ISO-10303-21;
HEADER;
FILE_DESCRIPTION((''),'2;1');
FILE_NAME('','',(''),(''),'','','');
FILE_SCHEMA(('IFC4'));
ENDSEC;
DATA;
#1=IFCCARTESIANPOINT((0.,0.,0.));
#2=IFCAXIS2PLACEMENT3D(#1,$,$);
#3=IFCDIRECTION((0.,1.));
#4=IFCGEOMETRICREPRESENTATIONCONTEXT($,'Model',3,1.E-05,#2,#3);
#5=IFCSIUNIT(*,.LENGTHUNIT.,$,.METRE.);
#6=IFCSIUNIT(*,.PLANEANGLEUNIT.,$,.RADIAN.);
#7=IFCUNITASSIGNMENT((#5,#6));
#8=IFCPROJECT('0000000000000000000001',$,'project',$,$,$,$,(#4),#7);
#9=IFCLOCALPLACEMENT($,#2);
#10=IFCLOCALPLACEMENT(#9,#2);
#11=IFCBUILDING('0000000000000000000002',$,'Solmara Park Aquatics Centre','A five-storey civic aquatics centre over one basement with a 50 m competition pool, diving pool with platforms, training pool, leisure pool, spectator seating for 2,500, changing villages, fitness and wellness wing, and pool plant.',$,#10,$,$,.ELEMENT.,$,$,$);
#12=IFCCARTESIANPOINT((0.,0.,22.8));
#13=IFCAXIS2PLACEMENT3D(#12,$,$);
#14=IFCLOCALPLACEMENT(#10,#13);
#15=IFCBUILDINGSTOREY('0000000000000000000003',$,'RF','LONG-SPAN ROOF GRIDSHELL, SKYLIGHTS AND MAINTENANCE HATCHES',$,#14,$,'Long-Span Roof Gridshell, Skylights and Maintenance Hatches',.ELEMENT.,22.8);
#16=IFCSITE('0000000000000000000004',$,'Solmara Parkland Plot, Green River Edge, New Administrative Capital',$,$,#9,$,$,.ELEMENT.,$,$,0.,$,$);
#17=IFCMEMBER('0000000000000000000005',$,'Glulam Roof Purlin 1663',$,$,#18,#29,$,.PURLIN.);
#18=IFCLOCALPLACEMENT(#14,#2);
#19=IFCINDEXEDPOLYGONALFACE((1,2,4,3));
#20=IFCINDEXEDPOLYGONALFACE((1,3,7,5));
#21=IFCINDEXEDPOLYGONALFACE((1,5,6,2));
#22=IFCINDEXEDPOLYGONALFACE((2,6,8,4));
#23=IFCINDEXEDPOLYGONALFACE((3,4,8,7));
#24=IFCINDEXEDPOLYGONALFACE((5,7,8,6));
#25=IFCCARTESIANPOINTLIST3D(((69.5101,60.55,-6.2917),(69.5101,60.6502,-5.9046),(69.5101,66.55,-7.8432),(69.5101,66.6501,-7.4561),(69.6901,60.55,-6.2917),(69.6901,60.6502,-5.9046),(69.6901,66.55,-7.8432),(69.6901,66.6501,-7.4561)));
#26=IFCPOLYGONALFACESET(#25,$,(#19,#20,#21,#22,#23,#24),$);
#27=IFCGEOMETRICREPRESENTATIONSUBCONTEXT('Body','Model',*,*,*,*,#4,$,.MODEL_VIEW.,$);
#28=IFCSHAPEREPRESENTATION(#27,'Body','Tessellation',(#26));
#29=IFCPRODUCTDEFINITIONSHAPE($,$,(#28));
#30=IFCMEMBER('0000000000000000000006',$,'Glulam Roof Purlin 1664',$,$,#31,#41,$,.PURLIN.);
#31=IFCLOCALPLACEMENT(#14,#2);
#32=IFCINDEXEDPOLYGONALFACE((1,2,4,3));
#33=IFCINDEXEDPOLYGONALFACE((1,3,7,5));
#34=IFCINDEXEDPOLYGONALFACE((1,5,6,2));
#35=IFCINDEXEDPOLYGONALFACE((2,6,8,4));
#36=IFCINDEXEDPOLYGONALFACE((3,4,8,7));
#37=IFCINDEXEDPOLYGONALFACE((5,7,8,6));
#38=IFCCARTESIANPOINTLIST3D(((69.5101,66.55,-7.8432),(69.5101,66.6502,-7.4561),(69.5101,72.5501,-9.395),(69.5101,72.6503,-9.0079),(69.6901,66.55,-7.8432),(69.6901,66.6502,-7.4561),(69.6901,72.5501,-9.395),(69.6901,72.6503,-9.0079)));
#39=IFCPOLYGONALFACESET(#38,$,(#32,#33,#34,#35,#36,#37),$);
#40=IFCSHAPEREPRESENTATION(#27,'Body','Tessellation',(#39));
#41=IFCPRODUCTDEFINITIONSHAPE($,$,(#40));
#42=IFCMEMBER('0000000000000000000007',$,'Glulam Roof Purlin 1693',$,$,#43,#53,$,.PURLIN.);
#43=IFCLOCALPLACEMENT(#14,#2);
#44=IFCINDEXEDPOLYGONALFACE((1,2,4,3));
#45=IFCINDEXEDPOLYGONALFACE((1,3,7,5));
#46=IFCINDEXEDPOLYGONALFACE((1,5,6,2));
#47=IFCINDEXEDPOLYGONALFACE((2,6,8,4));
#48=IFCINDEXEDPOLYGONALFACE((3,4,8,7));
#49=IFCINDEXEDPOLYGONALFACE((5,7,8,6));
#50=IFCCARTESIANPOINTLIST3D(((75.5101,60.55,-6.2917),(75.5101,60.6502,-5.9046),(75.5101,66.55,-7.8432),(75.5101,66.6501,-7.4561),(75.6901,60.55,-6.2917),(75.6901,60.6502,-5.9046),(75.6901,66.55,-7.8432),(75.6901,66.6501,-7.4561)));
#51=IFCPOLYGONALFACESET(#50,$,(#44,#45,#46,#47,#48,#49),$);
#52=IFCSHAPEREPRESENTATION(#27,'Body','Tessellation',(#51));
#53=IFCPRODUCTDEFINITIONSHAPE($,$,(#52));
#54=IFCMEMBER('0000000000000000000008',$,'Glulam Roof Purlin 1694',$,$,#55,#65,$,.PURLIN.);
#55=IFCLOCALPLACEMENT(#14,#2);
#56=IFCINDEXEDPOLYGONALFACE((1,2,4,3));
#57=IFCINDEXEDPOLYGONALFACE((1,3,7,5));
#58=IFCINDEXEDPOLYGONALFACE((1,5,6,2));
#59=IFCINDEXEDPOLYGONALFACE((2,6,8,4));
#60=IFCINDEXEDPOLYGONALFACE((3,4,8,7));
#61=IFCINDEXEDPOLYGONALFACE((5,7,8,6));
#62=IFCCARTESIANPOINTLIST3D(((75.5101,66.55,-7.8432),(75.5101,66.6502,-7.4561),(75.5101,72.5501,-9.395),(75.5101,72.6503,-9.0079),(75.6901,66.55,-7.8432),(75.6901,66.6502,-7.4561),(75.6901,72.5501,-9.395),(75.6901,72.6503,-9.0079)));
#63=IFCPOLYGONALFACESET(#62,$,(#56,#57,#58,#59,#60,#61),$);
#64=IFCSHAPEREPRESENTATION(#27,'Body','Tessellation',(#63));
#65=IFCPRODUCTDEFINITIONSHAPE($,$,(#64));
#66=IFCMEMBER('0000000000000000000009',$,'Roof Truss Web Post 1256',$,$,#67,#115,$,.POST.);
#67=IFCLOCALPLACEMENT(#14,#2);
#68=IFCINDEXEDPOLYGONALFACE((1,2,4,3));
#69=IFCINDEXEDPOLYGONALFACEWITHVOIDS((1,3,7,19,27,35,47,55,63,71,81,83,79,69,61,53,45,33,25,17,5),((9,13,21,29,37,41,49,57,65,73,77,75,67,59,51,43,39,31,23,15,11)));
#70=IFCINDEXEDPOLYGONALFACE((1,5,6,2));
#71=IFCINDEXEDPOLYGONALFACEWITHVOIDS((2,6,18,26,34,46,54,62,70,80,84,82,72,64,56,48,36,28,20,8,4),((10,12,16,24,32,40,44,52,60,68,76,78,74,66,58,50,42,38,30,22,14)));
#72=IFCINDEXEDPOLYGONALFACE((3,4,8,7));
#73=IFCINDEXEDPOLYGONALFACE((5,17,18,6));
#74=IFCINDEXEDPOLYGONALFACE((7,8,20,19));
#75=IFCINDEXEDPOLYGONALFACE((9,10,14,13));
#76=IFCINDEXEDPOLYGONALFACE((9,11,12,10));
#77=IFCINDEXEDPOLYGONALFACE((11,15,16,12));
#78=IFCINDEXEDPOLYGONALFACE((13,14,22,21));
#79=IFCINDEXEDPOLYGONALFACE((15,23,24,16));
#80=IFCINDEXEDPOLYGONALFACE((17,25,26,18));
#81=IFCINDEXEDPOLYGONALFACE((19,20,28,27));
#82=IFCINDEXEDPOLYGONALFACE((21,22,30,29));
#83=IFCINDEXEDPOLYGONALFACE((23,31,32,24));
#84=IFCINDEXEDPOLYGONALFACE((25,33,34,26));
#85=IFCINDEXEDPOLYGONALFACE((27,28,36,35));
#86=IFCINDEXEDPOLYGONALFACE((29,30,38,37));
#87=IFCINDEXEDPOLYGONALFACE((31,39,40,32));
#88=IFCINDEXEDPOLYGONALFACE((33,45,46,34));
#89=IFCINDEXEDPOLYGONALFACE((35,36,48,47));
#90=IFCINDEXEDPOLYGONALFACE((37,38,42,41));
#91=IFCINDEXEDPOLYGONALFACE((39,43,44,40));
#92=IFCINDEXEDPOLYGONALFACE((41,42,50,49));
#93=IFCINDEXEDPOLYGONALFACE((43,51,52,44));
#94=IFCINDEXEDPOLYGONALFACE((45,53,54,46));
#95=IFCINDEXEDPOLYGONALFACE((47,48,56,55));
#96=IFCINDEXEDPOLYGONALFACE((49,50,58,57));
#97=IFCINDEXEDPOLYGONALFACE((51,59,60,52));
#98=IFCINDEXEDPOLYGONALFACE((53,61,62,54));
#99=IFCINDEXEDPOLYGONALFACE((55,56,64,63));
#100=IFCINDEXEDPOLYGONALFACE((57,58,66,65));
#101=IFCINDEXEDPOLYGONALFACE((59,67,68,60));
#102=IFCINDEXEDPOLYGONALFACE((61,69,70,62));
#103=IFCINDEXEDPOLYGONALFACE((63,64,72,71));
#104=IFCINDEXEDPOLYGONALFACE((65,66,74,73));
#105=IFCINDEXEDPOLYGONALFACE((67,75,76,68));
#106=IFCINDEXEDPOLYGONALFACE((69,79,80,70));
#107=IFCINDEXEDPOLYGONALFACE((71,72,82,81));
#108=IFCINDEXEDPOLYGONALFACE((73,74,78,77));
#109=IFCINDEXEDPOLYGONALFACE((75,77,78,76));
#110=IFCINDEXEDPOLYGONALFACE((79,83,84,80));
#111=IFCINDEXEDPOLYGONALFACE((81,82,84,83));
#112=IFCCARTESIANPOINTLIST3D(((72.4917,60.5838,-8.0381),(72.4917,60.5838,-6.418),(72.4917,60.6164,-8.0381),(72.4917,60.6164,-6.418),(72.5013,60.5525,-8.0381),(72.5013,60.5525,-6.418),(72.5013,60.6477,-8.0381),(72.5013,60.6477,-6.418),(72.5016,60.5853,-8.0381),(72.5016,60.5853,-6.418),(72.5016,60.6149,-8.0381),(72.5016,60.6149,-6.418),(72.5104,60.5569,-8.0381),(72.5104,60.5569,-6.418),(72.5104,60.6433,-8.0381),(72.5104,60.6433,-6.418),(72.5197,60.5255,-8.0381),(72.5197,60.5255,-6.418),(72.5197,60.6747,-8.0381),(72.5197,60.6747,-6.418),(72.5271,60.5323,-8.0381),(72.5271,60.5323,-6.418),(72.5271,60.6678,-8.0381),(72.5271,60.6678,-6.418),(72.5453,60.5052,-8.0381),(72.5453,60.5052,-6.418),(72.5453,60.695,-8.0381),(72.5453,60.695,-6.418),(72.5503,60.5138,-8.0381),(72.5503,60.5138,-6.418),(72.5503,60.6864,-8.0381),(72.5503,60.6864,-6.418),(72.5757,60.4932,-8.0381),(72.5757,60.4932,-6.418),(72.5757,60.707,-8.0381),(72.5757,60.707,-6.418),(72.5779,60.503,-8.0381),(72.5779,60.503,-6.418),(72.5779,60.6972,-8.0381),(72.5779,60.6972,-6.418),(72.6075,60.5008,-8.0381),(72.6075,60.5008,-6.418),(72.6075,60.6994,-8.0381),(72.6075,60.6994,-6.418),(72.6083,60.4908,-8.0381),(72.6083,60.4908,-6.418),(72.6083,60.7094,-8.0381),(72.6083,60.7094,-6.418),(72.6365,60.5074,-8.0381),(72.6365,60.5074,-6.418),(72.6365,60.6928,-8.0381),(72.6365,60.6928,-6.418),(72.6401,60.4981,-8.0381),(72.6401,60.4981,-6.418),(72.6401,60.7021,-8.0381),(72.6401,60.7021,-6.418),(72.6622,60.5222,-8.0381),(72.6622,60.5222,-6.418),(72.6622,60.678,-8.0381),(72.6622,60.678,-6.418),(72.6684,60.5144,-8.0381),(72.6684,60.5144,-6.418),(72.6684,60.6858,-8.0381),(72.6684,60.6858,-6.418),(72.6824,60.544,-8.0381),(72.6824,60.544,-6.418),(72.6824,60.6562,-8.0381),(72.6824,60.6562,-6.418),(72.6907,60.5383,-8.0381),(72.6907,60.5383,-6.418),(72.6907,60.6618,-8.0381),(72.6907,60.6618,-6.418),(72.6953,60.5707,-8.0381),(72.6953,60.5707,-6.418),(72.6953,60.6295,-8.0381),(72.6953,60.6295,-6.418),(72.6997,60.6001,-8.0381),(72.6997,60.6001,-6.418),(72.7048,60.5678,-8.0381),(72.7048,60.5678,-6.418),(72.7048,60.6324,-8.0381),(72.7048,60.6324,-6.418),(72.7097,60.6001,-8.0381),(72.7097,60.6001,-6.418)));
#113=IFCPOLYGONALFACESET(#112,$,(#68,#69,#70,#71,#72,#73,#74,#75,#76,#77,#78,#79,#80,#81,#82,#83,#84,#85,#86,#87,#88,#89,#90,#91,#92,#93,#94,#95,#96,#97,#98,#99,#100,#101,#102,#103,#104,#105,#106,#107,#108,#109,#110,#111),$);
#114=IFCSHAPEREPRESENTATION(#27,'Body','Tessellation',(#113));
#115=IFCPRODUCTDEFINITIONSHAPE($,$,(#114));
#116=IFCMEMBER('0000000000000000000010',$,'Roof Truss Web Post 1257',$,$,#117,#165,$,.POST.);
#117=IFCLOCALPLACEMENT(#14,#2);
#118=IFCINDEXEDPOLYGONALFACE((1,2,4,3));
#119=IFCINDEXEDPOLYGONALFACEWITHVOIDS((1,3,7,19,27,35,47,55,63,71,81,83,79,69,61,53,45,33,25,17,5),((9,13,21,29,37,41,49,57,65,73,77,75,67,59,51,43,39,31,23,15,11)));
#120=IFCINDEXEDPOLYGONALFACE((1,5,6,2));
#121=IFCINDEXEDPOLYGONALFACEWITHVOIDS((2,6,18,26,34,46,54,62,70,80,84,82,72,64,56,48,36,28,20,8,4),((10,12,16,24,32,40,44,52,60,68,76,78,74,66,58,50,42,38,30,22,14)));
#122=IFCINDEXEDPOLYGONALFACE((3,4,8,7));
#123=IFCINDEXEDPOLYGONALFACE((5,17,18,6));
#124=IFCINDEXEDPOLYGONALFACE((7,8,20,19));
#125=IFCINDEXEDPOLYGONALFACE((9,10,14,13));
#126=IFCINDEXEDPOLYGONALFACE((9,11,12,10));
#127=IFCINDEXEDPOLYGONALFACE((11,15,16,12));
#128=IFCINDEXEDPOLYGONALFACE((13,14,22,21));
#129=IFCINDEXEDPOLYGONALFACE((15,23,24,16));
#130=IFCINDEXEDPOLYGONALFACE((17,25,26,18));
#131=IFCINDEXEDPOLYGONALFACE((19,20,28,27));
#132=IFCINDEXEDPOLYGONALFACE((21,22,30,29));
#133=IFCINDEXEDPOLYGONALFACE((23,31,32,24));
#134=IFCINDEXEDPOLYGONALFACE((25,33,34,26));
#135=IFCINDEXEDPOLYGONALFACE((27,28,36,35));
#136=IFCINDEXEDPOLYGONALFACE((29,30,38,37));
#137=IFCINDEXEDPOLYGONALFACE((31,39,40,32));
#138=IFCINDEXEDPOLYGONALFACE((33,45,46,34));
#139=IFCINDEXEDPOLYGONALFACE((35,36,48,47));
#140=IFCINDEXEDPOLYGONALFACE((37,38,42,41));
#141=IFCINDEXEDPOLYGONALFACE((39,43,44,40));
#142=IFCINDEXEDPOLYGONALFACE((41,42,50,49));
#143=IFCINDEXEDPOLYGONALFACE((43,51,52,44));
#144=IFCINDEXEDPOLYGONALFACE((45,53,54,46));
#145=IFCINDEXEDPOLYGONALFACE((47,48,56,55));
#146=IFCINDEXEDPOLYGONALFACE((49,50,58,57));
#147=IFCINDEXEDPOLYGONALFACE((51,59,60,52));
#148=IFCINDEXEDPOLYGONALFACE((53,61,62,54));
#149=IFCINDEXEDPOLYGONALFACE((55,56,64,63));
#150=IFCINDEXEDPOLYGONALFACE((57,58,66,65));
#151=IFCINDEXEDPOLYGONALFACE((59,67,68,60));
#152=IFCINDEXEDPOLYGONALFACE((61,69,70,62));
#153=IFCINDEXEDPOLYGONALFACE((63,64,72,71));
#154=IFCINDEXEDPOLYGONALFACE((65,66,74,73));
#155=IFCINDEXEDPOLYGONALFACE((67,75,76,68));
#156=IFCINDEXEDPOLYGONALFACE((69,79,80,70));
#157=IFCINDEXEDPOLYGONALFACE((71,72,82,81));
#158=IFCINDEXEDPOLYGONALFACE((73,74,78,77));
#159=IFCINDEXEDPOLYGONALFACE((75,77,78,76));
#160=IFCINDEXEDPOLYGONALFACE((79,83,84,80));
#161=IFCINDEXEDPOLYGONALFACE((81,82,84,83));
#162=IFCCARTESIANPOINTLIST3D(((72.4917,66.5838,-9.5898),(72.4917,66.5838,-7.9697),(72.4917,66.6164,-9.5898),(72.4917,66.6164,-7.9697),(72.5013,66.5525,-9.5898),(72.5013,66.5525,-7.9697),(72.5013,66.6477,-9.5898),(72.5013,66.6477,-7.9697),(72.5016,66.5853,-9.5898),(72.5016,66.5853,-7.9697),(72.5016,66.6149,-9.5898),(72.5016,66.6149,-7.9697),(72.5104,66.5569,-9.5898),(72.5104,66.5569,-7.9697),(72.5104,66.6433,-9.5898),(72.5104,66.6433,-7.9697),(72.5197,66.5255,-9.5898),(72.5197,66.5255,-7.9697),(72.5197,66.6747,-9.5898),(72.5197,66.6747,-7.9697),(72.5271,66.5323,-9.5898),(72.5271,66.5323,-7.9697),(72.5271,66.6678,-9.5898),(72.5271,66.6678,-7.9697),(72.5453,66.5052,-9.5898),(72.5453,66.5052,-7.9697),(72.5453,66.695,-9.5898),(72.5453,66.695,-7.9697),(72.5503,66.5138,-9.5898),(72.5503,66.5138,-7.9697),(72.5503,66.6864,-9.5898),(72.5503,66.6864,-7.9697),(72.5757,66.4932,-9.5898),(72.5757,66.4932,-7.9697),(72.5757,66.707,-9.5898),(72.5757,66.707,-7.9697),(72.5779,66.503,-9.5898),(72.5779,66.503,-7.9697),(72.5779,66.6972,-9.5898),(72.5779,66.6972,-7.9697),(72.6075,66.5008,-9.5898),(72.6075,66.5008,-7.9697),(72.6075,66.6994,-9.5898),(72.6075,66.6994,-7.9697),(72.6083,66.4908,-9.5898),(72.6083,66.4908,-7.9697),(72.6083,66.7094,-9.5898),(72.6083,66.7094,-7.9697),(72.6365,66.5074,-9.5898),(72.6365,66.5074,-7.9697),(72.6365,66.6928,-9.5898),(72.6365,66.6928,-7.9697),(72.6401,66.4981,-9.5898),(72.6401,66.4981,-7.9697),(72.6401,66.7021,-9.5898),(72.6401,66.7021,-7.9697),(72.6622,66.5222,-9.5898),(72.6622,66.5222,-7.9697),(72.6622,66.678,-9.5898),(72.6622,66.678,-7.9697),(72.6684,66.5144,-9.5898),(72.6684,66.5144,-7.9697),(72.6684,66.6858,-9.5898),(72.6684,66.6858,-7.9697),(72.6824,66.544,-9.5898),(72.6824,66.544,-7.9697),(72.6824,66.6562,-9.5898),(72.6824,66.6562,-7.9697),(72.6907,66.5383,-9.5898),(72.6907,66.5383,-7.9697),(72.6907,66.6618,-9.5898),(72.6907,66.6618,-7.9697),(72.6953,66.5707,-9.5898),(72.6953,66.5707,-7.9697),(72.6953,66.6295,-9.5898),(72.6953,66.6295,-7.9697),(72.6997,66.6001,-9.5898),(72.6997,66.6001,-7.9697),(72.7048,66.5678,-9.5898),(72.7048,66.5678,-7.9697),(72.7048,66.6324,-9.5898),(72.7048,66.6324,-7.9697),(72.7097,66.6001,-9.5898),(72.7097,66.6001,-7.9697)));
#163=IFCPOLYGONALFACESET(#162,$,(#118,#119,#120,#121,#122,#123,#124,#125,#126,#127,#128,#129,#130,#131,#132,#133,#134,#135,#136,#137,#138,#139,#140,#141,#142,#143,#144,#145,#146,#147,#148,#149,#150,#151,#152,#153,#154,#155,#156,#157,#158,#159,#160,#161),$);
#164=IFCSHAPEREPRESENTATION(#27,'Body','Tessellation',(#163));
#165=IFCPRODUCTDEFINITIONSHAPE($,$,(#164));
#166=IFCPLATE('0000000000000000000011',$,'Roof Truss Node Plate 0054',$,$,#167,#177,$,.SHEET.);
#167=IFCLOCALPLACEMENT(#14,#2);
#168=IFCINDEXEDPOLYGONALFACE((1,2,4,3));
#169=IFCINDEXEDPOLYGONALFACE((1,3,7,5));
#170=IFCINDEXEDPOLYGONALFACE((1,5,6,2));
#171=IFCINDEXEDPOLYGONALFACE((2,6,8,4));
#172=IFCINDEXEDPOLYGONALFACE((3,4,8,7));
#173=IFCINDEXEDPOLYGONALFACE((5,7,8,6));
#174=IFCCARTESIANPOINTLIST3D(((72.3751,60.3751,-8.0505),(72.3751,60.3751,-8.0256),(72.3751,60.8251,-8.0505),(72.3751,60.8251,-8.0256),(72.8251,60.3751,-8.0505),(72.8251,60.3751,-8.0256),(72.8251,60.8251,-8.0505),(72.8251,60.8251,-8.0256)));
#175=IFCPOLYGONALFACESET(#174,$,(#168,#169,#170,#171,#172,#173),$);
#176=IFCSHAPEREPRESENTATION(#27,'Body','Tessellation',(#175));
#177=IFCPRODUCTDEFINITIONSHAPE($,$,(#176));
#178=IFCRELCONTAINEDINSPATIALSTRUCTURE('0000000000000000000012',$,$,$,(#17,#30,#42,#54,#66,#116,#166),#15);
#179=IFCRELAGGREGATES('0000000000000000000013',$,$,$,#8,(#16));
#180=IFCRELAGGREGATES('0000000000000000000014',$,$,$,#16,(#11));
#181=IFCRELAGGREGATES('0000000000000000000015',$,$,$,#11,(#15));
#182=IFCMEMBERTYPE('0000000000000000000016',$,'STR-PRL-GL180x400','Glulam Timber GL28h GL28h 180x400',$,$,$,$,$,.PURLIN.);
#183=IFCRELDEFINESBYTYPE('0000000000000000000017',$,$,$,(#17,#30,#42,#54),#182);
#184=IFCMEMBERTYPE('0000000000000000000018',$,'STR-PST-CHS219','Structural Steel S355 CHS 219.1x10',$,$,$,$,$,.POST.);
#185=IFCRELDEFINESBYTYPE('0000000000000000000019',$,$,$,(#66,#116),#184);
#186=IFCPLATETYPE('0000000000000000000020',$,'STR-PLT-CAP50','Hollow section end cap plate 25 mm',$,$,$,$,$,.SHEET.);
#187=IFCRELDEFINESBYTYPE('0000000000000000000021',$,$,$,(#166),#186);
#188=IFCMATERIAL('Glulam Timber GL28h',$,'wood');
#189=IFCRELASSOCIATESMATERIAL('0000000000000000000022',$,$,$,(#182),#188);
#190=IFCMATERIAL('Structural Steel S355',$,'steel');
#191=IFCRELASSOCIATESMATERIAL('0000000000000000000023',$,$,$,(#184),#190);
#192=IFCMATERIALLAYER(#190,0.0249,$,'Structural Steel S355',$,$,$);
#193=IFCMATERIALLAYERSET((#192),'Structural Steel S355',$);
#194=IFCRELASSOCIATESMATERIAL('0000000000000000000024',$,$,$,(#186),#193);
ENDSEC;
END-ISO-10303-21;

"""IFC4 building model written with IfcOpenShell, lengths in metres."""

from ifc_helpers import new_model, si_unit, direction, frame, origin, origin_2d, place, context, subcontext, project, spatial, rectangle, hollow_circle, extrude, material, layer, layer_set, material_profile, profile_set, type_object, element, save


model = new_model("IFC4")

# Units and contexts
model_context = context("Model", 3, precision=1e-05, world=origin(), true_north=direction((0.0, 1.0)))
body_context = subcontext(model_context, "Body", "Model", "MODEL_VIEW")
ifc_project = project(units=[si_unit("LENGTHUNIT", "METRE"), si_unit("PLANEANGLEUNIT", "RADIAN")], contexts=[model_context])

# Site, building, storey
site_placement = place(None, origin())
site = spatial("IfcSite", under=ifc_project, at=site_placement, Name="Solmara Parkland Plot, Green River Edge, New Administrative Capital", CompositionType="ELEMENT", RefElevation=0.0)
building_placement = place(site_placement, origin())
building = spatial("IfcBuilding", under=site, at=building_placement, Name="Solmara Park Aquatics Centre", Description="A five-storey civic aquatics centre over one basement with a 50 m competition pool, diving pool with platforms, training pool, leisure pool, spectator seating for 2,500, changing villages, fitness and wellness wing, and pool plant.", CompositionType="ELEMENT")
storey_placement = place(building_placement, frame((0.0, 0.0, 22.8)))
storey = spatial("IfcBuildingStorey", under=building, at=storey_placement, Name="RF", Description="LONG-SPAN ROOF GRIDSHELL, SKYLIGHTS AND MAINTENANCE HATCHES", LongName="Long-Span Roof Gridshell, Skylights and Maintenance Hatches", CompositionType="ELEMENT", Elevation=22.8)

# Members
ifc_material_1 = material(Name="Structural Steel S355", Category="steel")
ifc_material_2 = material(Name="Glulam Timber GL28h", Category="wood")
ifc_material_profile_1 = material_profile(ifc_material_2, rectangle(XDim=0.1799, YDim=0.3999, at=origin_2d()), Name="GL28h 180x400")
ifc_profile_set_1 = profile_set([ifc_material_profile_1], Name="Glulam Timber GL28h")
member_type_1 = type_object("IfcMemberType", Name="STR-PRL-GL180x400", Description="Glulam Timber GL28h GL28h 180x400", PredefinedType="PURLIN", material=ifc_profile_set_1)
member_1_placement = place(storey_placement, frame((69.6001, 60.6001, -6.0981), z_axis=(0.0, 0.968155, -0.250351), x_axis=(-1.0, 0.0, 0.0)))
element("IfcMember", 1, at=member_1_placement, inside=storey, type_object=member_type_1, Name="Glulam Roof Purlin 1663", PredefinedType="PURLIN", context=body_context, shape_type="SweptSolid", body=[
    extrude(rectangle(XDim=0.1799, YDim=0.3999, at=origin_2d()), origin(), (0.0, 0.0, 1.0), 6.1973),
])
member_2_placement = place(storey_placement, frame((69.6001, 66.6001, -7.6497), z_axis=(0.0, 0.968146, -0.250388), x_axis=(-1.0, 0.0, 0.0)))
element("IfcMember", 2, at=member_2_placement, inside=storey, type_object=member_type_1, Name="Glulam Roof Purlin 1664", PredefinedType="PURLIN", context=body_context, shape_type="SweptSolid", body=[
    extrude(rectangle(XDim=0.1799, YDim=0.3999, at=origin_2d()), origin(), (0.0, 0.0, 1.0), 6.1975),
])
member_3_placement = place(storey_placement, frame((75.6001, 60.6001, -6.0981), z_axis=(0.0, 0.968155, -0.250351), x_axis=(-1.0, 0.0, 0.0)))
element("IfcMember", 3, at=member_3_placement, inside=storey, type_object=member_type_1, Name="Glulam Roof Purlin 1693", PredefinedType="PURLIN", context=body_context, shape_type="SweptSolid", body=[
    extrude(rectangle(XDim=0.1799, YDim=0.3999, at=origin_2d()), origin(), (0.0, 0.0, 1.0), 6.1973),
])
member_4_placement = place(storey_placement, frame((75.6001, 66.6001, -7.6497), z_axis=(0.0, 0.968146, -0.250388), x_axis=(-1.0, 0.0, 0.0)))
element("IfcMember", 4, at=member_4_placement, inside=storey, type_object=member_type_1, Name="Glulam Roof Purlin 1694", PredefinedType="PURLIN", context=body_context, shape_type="SweptSolid", body=[
    extrude(rectangle(XDim=0.1799, YDim=0.3999, at=origin_2d()), origin(), (0.0, 0.0, 1.0), 6.1975),
])
ifc_material_profile_2 = material_profile(ifc_material_1, hollow_circle(Radius=0.1096, WallThickness=0.01, at=origin_2d()), Name="CHS 219.1x10")
ifc_profile_set_2 = profile_set([ifc_material_profile_2], Name="Structural Steel S355")
member_type_2 = type_object("IfcMemberType", Name="STR-PST-CHS219", Description="Structural Steel S355 CHS 219.1x10", PredefinedType="POST", material=ifc_profile_set_2)
for number, where, z_axis, x_axis, name in (
    (5, (72.6001, 60.6001, -8.0381), (0.0, 0.0, 1.0), (1.0, 0.0, 0.0), "Roof Truss Web Post 1256"),
    (6, (72.6001, 66.6001, -9.5898), (0.0, 0.0, 1.0), (1.0, 0.0, 0.0), "Roof Truss Web Post 1257"),
):
    element("IfcMember", number, at=place(storey_placement, frame(where, z_axis=z_axis, x_axis=x_axis)), inside=storey, type_object=member_type_2, Name=name, PredefinedType="POST", context=body_context, shape_type="SweptSolid", body=[
        extrude(hollow_circle(Radius=0.1096, WallThickness=0.01, at=origin_2d()), origin(), (0.0, 0.0, 1.0), 1.6201),
    ])

# Plate
ifc_layer = layer(ifc_material_1, 0.0249, Name="Structural Steel S355")
ifc_layer_set = layer_set([ifc_layer], Name="Structural Steel S355")
plate_type = type_object("IfcPlateType", Name="STR-PLT-CAP50", Description="Hollow section end cap plate 25 mm", PredefinedType="SHEET", material=ifc_layer_set)
plate_placement = place(storey_placement, frame((72.6001, 60.6001, -8.0505), z_axis=(0.0, 0.0, 1.0), x_axis=(1.0, 0.0, 0.0)))
element("IfcPlate", 7, at=plate_placement, inside=storey, type_object=plate_type, Name="Roof Truss Node Plate 0054", PredefinedType="SHEET", context=body_context, shape_type="SweptSolid", body=[
    extrude(rectangle(XDim=0.45, YDim=0.45, at=origin_2d()), origin(), (0.0, 0.0, 1.0), 0.0249),
])

save(model, "model.ifc")
